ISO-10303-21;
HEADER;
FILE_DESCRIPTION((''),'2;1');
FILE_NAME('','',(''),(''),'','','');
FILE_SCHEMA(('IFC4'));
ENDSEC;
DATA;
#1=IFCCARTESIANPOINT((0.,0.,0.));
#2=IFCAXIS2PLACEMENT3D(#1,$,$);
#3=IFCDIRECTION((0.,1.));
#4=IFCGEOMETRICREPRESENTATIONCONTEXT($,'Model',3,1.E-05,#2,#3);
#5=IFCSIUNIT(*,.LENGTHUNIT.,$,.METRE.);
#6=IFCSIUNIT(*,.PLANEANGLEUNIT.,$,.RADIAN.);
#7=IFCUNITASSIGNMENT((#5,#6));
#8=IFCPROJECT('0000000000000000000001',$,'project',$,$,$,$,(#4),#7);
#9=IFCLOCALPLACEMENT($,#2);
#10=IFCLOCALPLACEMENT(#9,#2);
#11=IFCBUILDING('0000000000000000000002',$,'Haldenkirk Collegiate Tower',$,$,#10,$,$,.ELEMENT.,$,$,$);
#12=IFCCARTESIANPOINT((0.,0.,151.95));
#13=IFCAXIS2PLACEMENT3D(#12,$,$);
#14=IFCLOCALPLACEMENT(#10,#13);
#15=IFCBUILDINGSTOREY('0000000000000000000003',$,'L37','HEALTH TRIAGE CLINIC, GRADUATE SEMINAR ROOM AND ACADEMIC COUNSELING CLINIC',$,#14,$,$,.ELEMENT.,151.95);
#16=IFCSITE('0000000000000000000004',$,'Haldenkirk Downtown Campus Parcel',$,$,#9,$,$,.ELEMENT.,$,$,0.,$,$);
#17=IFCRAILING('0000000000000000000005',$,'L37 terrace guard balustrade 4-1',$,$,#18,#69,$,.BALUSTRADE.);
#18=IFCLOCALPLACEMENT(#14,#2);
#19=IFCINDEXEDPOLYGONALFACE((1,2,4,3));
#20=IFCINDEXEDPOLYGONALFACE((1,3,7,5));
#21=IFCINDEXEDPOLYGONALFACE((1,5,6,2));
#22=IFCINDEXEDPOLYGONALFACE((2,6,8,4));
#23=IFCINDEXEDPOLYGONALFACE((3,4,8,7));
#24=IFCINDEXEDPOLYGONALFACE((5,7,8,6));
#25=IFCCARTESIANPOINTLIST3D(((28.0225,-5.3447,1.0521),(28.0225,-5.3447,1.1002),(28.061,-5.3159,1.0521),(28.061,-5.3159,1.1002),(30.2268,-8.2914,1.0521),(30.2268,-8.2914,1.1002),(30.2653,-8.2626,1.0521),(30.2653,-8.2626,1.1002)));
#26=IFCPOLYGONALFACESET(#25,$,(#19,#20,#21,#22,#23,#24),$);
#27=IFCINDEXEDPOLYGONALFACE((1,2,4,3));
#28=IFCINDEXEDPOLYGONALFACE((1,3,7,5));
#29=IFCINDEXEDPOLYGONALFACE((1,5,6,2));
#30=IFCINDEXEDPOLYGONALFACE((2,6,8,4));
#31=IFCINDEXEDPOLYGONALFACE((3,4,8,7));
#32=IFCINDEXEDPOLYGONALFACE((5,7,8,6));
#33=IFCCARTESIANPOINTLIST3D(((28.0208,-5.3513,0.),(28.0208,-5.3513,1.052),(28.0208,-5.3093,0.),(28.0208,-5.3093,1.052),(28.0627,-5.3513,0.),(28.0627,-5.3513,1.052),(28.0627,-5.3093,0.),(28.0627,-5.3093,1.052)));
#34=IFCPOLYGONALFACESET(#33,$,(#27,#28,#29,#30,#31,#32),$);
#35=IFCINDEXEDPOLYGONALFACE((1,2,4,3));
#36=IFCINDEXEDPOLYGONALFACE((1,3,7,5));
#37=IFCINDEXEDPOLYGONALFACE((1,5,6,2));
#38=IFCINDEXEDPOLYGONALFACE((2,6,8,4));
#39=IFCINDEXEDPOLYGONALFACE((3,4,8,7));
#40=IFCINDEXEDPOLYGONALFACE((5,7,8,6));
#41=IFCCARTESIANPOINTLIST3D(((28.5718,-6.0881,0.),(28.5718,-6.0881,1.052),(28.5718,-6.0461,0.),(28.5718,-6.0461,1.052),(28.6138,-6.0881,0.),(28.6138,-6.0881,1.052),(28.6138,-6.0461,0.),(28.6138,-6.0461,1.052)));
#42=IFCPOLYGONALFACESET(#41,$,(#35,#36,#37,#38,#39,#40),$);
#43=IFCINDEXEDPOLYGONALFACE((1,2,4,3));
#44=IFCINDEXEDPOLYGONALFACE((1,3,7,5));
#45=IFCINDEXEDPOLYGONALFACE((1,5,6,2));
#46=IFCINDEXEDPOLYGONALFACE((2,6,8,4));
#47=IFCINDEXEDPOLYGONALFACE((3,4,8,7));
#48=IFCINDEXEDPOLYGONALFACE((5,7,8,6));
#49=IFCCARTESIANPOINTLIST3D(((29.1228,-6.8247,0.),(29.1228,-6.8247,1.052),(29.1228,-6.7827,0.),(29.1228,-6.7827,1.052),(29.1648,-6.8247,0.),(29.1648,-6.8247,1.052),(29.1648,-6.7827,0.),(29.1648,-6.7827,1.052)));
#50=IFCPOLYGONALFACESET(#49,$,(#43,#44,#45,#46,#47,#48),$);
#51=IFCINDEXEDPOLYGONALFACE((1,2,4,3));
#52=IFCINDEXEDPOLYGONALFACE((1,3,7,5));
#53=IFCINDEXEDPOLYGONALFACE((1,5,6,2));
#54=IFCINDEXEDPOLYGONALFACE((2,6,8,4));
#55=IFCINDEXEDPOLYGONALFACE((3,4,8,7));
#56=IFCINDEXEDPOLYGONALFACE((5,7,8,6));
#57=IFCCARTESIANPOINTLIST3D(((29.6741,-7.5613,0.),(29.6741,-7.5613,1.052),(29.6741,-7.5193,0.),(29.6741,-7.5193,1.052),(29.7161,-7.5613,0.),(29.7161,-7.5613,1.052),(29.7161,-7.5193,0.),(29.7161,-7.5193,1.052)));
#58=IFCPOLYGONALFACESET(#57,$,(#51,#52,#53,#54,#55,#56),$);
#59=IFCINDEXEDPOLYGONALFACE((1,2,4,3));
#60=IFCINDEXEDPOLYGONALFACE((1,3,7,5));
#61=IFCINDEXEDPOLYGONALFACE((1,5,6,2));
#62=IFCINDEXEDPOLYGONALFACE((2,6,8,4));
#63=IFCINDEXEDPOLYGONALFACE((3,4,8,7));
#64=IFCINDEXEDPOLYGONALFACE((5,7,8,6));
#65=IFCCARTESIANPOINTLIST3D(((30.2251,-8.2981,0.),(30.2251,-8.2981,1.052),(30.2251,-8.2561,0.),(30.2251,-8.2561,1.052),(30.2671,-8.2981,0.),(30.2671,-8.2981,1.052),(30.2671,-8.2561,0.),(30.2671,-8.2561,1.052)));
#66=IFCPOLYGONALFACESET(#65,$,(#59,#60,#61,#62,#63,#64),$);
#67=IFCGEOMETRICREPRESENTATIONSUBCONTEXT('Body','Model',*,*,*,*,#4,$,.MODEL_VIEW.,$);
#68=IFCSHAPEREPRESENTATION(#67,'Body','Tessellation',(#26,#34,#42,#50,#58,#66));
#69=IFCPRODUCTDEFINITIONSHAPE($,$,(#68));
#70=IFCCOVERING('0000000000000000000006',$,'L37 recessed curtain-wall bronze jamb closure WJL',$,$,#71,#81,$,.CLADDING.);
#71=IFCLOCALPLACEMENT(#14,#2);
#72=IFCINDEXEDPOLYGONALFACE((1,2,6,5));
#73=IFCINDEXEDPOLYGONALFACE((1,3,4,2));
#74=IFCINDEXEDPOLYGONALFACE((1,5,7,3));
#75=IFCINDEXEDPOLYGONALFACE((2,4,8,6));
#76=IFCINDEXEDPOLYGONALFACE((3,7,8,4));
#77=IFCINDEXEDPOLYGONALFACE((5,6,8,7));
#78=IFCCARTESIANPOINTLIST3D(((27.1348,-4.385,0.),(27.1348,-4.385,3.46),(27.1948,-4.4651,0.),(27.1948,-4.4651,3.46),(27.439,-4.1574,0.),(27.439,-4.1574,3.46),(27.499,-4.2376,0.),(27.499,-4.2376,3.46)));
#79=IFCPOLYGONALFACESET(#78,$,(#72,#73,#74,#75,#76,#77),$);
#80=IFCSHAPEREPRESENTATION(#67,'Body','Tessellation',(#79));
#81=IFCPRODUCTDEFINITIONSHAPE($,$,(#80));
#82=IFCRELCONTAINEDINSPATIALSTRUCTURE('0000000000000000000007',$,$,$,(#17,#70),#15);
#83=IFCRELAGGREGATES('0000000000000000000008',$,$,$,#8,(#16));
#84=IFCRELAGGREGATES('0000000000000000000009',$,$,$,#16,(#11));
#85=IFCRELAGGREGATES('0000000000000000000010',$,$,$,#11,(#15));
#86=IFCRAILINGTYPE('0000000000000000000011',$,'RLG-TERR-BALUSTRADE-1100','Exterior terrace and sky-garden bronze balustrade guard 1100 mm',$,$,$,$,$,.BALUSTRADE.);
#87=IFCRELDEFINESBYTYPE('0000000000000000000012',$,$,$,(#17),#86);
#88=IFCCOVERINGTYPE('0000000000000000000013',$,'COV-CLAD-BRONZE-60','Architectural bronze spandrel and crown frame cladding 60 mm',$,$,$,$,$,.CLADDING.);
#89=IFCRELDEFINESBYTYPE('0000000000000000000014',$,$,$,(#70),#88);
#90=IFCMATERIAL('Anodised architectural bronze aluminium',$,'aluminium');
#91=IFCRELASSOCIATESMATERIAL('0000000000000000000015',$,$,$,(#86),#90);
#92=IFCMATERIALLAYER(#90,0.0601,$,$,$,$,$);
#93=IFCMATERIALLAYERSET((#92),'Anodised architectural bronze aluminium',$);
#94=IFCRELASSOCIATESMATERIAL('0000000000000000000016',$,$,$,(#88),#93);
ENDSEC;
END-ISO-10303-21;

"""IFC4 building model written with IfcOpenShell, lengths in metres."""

from ifc_helpers import new_model, si_unit, direction, frame, origin, origin_2d, place, context, subcontext, project, spatial, rectangle, extrude, source, transform, mapped, material, layer, layer_set, type_object, element, save


model = new_model("IFC4")

# Units and contexts
model_context = context("Model", 3, precision=1e-05, world=origin(), true_north=direction((0.0, 1.0)))
body_context = subcontext(model_context, "Body", "Model", "MODEL_VIEW")
ifc_project = project(units=[si_unit("LENGTHUNIT", "METRE"), si_unit("PLANEANGLEUNIT", "RADIAN")], contexts=[model_context])

# Site, building, storey
site_placement = place(None, origin())
site = spatial("IfcSite", under=ifc_project, at=site_placement, Name="Haldenkirk Downtown Campus Parcel", CompositionType="ELEMENT", RefElevation=0.0)
building_placement = place(site_placement, origin())
building = spatial("IfcBuilding", under=site, at=building_placement, Name="Haldenkirk Collegiate Tower", CompositionType="ELEMENT")
storey_placement = place(building_placement, frame((0.0, 0.0, 151.95)))
storey = spatial("IfcBuildingStorey", under=building, at=storey_placement, Name="L37", Description="HEALTH TRIAGE CLINIC, GRADUATE SEMINAR ROOM AND ACADEMIC COUNSELING CLINIC", CompositionType="ELEMENT", Elevation=151.95)

# Shared definitions
ifc_material_1 = material(Name="Anodised architectural bronze aluminium", Category="aluminium")

# Railing
railing_type = type_object("IfcRailingType", Name="RLG-TERR-BALUSTRADE-1100", Description="Exterior terrace and sky-garden bronze balustrade guard 1100 mm", PredefinedType="BALUSTRADE", material=ifc_material_1)
railing_1_placement = place(storey_placement, frame((28.0417, -5.3303, 0.0)))
element("IfcRailing", 1, at=railing_1_placement, inside=storey, type_object=railing_type, Name="L37 terrace guard balustrade 4-1", PredefinedType="BALUSTRADE", context=body_context, shape_type="SweptSolid", body=[
    extrude(rectangle(XDim=0.0481, YDim=0.0481, at=origin_2d()), frame((0.0, 0.0, 1.0762), z_axis=(0.599002, -0.800748, 0.0), x_axis=(0.800748, 0.599002, 0.0)), (0.0, 0.0, 1.0), 3.6799),
    extrude(rectangle(XDim=0.042, YDim=0.042, at=origin_2d()), origin(), (0.0, 0.0, 1.0), 1.052),
    extrude(rectangle(XDim=0.042, YDim=0.042, at=origin_2d()), frame((0.551, -0.7368, 0.0)), (0.0, 0.0, 1.0), 1.052),
    extrude(rectangle(XDim=0.042, YDim=0.042, at=origin_2d()), frame((1.1021, -1.4734, 0.0)), (0.0, 0.0, 1.0), 1.052),
    extrude(rectangle(XDim=0.042, YDim=0.042, at=origin_2d()), frame((1.6533, -2.21, 0.0)), (0.0, 0.0, 1.0), 1.052),
    extrude(rectangle(XDim=0.042, YDim=0.042, at=origin_2d()), frame((2.2043, -2.9468, 0.0)), (0.0, 0.0, 1.0), 1.052),
])

# Covering
ifc_layer_1 = layer(ifc_material_1, 0.0601)
ifc_layer_set_1 = layer_set([ifc_layer_1], Name="Anodised architectural bronze aluminium")
covering_type = type_object("IfcCoveringType", Name="COV-CLAD-BRONZE-60", Description="Architectural bronze spandrel and crown frame cladding 60 mm", PredefinedType="CLADDING", material=ifc_layer_set_1)
shared_shape_1 = source(origin(), body_context, "Body", "SweptSolid", [
    extrude(rectangle(XDim=0.1001, YDim=0.3799, at=origin_2d()), origin(), (0.0, 0.0, 1.0), 3.46),
])
covering_placement = place(storey_placement, frame((27.3169, -4.3113, 0.0), z_axis=(0.0, 0.0, 1.0), x_axis=(-0.599024, 0.800731, 0.0)))
element("IfcCovering", 2, at=covering_placement, inside=storey, type_object=covering_type, Name="L37 recessed curtain-wall bronze jamb closure WJL", PredefinedType="CLADDING", context=body_context, shape_type="MappedRepresentation", body=[
    mapped(shared_shape_1, transform((0.0, 0.0, 0.0), x_axis=(1.0, 0.0, 0.0), y_axis=(0.0, 1.0, 0.0), z_axis=(0.0, 0.0, 1.0), scale=1.0)),
])

save(model, "model.ifc")
